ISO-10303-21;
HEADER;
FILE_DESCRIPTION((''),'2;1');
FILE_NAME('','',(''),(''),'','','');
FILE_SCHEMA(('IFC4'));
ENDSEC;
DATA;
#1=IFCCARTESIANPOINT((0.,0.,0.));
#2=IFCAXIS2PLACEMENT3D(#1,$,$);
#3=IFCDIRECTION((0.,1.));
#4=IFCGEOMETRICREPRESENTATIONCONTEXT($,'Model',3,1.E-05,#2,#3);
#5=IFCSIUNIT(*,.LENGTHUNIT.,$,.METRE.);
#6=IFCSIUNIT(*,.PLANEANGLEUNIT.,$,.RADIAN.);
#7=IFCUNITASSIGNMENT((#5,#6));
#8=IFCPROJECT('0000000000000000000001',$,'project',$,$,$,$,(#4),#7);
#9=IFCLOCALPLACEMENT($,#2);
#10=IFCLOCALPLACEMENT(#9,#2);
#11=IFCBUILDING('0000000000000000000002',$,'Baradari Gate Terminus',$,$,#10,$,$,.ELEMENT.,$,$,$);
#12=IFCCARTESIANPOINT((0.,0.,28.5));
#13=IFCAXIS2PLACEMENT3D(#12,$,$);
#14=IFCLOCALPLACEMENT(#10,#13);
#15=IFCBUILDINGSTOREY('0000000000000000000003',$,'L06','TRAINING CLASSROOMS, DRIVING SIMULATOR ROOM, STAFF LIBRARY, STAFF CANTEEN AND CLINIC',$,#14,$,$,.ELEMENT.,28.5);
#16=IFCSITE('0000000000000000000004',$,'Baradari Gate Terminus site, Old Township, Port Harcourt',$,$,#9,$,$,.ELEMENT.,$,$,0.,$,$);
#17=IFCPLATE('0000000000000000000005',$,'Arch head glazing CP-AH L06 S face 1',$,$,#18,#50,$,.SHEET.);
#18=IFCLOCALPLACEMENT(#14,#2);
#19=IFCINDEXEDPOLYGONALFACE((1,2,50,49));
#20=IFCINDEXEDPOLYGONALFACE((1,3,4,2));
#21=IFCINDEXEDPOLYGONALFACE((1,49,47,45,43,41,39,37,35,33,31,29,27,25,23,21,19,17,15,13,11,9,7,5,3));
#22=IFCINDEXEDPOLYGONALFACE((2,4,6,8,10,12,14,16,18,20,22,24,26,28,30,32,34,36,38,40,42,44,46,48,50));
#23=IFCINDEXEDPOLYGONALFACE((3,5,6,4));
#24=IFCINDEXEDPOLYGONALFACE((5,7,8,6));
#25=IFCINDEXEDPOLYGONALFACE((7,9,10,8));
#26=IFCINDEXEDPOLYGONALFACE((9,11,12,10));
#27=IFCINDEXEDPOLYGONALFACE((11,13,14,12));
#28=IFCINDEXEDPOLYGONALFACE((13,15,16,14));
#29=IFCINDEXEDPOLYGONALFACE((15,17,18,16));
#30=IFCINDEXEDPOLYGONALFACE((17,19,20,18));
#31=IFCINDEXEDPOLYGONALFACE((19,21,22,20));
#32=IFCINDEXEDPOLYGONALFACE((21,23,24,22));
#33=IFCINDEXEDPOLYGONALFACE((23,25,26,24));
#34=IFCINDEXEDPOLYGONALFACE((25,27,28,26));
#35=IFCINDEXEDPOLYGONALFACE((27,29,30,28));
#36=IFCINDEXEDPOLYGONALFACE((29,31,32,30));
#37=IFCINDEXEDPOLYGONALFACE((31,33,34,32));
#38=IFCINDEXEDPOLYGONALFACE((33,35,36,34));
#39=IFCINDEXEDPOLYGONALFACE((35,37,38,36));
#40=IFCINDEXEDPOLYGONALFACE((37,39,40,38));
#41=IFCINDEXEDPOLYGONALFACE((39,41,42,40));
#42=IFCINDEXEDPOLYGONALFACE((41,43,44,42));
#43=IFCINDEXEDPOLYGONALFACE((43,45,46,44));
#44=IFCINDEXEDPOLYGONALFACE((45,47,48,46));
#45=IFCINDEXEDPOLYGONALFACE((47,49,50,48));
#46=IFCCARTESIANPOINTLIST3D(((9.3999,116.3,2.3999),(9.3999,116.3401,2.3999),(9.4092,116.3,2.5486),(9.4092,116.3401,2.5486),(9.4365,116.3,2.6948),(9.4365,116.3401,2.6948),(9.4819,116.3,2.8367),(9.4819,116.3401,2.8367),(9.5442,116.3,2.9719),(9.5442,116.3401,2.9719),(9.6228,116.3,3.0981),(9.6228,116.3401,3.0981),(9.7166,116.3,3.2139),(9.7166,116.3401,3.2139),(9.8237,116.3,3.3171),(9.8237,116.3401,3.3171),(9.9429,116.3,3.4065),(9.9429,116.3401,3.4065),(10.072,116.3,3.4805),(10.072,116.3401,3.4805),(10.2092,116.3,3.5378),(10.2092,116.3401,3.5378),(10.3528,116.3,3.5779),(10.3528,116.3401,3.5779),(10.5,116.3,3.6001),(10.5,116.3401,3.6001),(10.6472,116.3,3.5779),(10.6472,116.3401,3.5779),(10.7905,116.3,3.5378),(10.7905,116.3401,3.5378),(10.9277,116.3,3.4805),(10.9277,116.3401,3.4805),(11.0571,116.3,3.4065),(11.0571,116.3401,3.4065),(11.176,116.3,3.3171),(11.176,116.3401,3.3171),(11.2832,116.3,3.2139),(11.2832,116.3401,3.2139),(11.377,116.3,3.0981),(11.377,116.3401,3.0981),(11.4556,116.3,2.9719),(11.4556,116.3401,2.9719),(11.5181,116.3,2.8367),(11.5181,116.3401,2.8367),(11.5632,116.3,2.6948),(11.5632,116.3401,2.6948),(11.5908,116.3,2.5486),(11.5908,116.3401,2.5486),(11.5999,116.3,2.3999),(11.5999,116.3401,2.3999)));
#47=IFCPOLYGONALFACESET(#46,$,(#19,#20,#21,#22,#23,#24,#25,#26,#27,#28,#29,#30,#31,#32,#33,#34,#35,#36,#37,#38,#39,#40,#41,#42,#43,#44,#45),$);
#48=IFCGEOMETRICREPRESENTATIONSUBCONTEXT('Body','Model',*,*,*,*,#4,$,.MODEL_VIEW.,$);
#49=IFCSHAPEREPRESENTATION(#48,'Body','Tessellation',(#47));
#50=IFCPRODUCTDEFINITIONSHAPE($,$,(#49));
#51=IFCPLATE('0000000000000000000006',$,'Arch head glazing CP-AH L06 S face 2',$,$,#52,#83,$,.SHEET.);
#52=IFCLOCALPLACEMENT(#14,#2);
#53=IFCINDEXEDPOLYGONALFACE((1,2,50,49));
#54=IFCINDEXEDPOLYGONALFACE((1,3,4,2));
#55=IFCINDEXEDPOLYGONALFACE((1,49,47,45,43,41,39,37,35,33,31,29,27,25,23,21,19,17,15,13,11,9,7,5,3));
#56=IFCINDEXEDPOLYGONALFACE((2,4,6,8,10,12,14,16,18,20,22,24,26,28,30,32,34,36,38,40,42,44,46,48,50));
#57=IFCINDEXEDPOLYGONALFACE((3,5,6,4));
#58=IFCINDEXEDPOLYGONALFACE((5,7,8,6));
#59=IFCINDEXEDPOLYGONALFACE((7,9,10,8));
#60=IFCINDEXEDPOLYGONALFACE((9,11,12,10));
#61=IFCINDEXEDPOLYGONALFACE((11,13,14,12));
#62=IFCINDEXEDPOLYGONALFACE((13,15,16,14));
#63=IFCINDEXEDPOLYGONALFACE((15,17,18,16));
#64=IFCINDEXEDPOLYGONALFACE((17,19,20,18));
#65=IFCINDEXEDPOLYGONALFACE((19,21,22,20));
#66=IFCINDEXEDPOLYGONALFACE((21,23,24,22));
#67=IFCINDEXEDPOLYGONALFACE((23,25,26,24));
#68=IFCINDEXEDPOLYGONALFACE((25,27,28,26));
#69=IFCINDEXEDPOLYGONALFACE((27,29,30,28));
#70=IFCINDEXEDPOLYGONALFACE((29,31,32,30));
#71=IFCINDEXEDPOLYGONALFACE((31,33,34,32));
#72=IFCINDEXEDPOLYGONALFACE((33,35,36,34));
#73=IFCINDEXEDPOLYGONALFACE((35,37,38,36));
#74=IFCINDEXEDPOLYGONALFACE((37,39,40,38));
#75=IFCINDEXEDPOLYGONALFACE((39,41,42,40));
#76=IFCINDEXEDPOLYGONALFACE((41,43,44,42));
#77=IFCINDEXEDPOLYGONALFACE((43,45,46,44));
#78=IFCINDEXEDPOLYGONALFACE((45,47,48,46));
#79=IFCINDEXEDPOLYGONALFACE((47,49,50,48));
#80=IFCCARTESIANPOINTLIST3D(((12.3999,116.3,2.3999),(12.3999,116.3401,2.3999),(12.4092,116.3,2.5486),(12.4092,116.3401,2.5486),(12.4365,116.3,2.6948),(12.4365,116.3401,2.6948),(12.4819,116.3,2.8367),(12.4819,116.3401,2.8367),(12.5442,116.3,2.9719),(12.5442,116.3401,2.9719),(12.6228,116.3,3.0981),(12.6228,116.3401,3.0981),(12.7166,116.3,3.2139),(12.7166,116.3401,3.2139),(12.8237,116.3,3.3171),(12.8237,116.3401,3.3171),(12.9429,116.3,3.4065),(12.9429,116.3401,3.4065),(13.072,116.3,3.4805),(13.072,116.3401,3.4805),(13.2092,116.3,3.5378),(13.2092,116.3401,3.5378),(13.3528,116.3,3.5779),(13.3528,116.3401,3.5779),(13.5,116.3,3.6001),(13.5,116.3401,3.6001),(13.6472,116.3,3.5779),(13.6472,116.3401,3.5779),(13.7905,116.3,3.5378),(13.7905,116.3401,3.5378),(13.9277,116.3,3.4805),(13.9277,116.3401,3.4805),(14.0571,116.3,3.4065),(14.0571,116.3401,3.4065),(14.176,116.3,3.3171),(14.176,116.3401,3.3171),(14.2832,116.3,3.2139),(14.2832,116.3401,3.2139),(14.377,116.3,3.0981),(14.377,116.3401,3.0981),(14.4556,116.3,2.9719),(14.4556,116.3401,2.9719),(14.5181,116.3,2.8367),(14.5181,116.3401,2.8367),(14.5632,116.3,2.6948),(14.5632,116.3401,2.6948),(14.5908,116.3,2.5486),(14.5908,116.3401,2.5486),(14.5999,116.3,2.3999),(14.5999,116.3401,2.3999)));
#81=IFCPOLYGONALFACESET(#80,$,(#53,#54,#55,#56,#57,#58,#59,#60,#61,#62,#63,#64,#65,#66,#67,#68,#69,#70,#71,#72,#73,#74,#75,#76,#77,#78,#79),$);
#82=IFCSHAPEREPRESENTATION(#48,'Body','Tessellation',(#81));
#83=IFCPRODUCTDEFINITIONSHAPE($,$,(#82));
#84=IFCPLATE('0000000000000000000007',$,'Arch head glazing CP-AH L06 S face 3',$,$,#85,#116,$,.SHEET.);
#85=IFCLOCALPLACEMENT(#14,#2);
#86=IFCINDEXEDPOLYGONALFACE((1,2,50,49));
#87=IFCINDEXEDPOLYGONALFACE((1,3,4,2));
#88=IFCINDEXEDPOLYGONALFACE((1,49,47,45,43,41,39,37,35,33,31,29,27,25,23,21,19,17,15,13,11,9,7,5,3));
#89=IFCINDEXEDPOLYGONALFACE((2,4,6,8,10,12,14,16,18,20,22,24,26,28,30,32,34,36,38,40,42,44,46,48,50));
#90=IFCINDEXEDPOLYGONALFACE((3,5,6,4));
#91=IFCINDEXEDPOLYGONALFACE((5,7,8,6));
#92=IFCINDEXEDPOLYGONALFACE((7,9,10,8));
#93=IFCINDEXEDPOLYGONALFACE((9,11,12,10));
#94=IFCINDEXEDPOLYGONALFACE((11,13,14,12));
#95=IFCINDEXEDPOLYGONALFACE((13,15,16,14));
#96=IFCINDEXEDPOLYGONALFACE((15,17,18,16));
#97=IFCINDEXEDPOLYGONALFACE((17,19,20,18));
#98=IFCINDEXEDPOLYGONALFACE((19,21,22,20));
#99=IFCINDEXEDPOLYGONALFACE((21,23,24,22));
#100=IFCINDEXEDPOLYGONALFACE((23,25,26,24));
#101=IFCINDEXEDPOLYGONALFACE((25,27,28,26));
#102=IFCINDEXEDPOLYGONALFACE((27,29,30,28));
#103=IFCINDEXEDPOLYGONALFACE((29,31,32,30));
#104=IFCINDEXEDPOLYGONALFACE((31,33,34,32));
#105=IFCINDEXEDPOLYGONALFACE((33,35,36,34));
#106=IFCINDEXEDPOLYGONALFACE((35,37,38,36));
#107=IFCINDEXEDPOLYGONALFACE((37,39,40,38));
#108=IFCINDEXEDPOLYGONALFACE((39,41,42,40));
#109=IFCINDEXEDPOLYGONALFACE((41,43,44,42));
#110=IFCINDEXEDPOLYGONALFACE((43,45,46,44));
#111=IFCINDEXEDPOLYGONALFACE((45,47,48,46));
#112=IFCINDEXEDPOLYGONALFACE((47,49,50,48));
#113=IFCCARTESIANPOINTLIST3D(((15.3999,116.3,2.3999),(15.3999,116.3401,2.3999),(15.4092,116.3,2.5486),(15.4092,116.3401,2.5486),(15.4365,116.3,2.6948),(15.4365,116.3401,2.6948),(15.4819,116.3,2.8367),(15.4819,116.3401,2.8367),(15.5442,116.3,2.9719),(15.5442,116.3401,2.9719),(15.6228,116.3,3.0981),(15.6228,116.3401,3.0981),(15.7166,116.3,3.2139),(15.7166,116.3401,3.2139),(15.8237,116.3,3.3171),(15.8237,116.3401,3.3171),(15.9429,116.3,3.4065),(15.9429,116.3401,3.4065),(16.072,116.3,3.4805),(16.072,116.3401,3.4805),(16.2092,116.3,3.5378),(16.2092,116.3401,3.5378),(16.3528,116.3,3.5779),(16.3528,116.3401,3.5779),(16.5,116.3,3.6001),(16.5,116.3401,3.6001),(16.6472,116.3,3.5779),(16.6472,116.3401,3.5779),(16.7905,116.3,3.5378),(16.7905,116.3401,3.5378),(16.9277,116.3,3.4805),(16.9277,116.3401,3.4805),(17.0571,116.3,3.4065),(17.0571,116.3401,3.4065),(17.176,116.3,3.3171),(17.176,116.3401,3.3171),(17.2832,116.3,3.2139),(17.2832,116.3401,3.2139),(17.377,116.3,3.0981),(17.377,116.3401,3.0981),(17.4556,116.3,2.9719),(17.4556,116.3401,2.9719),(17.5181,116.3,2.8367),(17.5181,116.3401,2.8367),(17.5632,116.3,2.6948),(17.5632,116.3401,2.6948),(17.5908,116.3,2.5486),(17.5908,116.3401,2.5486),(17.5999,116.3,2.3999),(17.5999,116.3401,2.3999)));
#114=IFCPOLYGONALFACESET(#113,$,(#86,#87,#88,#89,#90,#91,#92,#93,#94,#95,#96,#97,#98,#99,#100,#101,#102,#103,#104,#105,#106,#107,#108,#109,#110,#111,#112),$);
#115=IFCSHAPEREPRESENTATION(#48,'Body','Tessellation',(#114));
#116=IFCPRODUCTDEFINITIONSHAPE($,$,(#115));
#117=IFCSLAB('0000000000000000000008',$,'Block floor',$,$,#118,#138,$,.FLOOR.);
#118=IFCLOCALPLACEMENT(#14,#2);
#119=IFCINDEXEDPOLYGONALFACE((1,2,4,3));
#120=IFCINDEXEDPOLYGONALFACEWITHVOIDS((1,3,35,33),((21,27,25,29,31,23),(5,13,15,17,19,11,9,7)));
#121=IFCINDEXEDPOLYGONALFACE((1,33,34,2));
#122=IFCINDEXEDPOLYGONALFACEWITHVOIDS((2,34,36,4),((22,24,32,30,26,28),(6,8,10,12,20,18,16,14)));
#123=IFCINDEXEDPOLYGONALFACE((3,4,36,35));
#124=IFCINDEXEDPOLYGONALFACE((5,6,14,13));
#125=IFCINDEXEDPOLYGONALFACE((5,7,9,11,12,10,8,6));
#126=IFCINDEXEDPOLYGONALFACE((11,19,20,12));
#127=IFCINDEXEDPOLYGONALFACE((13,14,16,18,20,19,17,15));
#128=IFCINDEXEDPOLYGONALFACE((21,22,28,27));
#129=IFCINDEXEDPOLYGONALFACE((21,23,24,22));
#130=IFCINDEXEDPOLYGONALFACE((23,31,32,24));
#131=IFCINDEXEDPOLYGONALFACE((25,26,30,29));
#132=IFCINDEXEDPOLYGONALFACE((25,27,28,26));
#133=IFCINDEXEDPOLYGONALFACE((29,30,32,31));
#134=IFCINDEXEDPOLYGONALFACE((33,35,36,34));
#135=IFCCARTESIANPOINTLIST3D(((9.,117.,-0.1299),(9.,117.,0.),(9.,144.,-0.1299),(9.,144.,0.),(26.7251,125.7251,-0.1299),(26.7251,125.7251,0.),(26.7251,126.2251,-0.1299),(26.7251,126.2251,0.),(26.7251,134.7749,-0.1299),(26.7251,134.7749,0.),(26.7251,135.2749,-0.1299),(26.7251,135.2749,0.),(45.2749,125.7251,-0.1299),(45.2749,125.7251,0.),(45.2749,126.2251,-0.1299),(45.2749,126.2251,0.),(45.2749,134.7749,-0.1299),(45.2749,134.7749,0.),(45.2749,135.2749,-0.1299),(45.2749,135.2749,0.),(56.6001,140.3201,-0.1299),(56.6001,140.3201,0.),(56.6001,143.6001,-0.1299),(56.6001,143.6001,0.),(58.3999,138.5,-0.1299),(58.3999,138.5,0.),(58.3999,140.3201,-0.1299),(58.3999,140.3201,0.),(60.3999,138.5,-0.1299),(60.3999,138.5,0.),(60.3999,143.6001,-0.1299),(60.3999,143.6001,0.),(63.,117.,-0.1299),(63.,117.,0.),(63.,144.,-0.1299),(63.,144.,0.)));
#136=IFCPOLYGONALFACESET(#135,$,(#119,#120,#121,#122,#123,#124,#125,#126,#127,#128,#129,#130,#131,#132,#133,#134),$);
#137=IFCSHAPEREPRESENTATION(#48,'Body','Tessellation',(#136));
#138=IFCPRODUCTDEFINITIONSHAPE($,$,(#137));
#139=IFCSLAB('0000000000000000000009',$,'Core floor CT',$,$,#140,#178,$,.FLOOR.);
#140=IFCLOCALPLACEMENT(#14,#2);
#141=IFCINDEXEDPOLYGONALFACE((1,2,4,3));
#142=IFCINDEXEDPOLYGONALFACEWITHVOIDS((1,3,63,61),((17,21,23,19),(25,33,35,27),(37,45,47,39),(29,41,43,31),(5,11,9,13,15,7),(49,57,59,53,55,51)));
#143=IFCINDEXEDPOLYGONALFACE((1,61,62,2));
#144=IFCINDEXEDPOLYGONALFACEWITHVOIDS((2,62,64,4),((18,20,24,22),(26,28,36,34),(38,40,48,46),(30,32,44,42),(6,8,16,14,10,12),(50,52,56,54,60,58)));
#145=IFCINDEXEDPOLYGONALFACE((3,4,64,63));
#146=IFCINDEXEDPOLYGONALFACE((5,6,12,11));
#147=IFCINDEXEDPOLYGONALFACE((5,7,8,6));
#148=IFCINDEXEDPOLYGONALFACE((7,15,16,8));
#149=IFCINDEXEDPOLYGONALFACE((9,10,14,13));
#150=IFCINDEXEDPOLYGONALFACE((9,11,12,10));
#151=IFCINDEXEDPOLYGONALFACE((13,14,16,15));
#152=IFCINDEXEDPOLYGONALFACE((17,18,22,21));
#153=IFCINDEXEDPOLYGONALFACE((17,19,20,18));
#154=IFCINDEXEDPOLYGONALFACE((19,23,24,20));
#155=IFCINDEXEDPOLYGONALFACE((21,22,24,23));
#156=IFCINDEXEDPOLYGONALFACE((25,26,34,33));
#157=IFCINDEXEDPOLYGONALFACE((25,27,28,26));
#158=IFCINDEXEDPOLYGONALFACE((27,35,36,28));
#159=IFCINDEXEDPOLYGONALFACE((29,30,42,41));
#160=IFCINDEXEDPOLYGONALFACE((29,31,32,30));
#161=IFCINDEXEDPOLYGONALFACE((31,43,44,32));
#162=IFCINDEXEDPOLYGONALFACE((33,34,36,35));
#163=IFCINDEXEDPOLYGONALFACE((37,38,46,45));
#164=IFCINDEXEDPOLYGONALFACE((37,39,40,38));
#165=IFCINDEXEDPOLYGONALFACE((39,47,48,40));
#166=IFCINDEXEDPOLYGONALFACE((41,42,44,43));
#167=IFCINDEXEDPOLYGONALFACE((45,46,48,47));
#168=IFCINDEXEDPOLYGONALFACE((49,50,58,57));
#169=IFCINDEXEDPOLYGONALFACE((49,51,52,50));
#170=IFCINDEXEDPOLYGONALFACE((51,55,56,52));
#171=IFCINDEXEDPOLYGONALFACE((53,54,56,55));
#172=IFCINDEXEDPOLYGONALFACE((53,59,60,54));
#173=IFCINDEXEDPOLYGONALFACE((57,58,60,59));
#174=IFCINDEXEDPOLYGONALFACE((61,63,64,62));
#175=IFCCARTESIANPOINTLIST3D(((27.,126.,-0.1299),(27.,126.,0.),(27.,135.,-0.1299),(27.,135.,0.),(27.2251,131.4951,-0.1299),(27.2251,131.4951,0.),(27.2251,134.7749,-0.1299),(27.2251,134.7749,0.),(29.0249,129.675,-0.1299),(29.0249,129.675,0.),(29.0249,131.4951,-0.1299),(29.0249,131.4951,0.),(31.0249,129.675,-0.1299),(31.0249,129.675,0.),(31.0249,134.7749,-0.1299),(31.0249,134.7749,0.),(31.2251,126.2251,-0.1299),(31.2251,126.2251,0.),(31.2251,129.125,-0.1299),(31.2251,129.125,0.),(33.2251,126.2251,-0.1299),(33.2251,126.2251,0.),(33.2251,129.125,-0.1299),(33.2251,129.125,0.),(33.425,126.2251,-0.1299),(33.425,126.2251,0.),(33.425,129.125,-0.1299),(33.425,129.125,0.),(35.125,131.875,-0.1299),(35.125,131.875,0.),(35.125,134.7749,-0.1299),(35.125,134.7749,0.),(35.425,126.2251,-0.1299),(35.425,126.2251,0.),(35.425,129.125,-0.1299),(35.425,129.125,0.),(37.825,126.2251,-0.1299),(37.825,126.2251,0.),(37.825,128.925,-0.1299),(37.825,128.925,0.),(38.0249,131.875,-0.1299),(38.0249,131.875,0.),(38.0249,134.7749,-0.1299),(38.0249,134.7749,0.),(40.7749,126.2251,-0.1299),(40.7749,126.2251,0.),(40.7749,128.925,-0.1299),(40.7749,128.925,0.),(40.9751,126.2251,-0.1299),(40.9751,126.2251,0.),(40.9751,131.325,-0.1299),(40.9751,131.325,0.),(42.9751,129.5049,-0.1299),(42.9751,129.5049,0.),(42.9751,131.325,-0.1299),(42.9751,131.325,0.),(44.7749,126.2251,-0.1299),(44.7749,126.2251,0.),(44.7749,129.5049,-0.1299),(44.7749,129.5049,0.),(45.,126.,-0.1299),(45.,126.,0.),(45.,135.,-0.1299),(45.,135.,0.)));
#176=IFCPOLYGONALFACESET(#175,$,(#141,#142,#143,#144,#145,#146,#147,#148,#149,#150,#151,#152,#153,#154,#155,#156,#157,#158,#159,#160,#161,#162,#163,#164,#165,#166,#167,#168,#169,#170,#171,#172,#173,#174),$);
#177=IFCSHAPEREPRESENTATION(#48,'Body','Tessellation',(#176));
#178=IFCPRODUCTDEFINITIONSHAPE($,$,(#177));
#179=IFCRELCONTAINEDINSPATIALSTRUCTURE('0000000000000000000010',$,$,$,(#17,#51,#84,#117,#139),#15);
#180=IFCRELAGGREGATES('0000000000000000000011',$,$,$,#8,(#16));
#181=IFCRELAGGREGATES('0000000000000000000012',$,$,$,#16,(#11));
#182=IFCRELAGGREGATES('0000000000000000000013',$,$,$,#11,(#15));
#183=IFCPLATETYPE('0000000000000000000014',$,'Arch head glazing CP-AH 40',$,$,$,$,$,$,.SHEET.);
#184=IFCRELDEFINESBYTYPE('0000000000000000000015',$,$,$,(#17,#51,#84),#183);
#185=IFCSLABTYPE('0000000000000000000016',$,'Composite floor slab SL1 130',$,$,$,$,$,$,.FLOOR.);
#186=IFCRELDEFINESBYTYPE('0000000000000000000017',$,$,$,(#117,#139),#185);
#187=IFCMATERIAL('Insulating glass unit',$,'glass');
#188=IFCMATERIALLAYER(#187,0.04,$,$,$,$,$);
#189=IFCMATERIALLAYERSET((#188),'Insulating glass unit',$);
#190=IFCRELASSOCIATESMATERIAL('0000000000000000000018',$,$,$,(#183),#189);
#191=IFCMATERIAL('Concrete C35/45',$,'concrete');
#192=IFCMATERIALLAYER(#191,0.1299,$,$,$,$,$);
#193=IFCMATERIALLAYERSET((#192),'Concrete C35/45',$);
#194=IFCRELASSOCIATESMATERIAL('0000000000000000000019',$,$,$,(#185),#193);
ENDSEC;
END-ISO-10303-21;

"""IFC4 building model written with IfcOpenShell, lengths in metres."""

from ifc_helpers import new_model, si_unit, direction, frame, origin, place, context, subcontext, project, spatial, polyline, outline, extrude, material, layer, layer_set, type_object, element, save


model = new_model("IFC4")

# Units and contexts
model_context = context("Model", 3, precision=1e-05, world=origin(), true_north=direction((0.0, 1.0)))
body_context = subcontext(model_context, "Body", "Model", "MODEL_VIEW")
ifc_project = project(units=[si_unit("LENGTHUNIT", "METRE"), si_unit("PLANEANGLEUNIT", "RADIAN")], contexts=[model_context])

# Site, building, storey
site_placement = place(None, origin())
site = spatial("IfcSite", under=ifc_project, at=site_placement, Name="Baradari Gate Terminus site, Old Township, Port Harcourt", CompositionType="ELEMENT", RefElevation=0.0)
building_placement = place(site_placement, origin())
building = spatial("IfcBuilding", under=site, at=building_placement, Name="Baradari Gate Terminus", CompositionType="ELEMENT")
storey_placement = place(building_placement, frame((0.0, 0.0, 28.5)))
storey = spatial("IfcBuildingStorey", under=building, at=storey_placement, Name="L06", Description="TRAINING CLASSROOMS, DRIVING SIMULATOR ROOM, STAFF LIBRARY, STAFF CANTEEN AND CLINIC", CompositionType="ELEMENT", Elevation=28.5)

# Plates
ifc_material_1 = material(Name="Insulating glass unit", Category="glass")
ifc_layer_1 = layer(ifc_material_1, 0.04)
ifc_layer_set_1 = layer_set([ifc_layer_1], Name="Insulating glass unit")
plate_type = type_object("IfcPlateType", Name="Arch head glazing CP-AH 40", PredefinedType="SHEET", material=ifc_layer_set_1)
for number, where, z_axis, x_axis, name in (
    (1, (9.3999, 116.3201, 2.3999), (0.0, 0.0, 1.0), (1.0, 0.0, 0.0), "Arch head glazing CP-AH L06 S face 1"),
    (2, (12.3999, 116.3201, 2.3999), (0.0, 0.0, 1.0), (1.0, 0.0, 0.0), "Arch head glazing CP-AH L06 S face 2"),
    (3, (15.3999, 116.3201, 2.3999), (0.0, 0.0, 1.0), (1.0, 0.0, 0.0), "Arch head glazing CP-AH L06 S face 3"),
):
    element("IfcPlate", number, at=place(storey_placement, frame(where, z_axis=z_axis, x_axis=x_axis)), inside=storey, type_object=plate_type, Name=name, PredefinedType="SHEET", context=body_context, shape_type="SweptSolid", body=[
        extrude(outline(polyline([(0.0, 0.0), (2.2, 0.0), (2.1909, 0.1487), (2.1633, 0.2949), (2.1182, 0.4368), (2.0557, 0.572), (1.9771, 0.6982), (1.8833, 0.814), (1.7761, 0.9172), (1.6572, 1.0066), (1.5278, 1.0806), (1.3906, 1.1379), (1.2473, 1.178), (1.1001, 1.2002), (0.9529, 1.178), (0.8093, 1.1379), (0.6721, 1.0806), (0.543, 1.0066), (0.4238, 0.9172), (0.3167, 0.814), (0.2229, 0.6982), (0.1443, 0.572), (0.082, 0.4368), (0.0366, 0.2949), (0.0093, 0.1487), (0.0, 0.0)])), frame((0.0, 0.02, 0.0), z_axis=(0.0, -1.0, 0.0), x_axis=(1.0, 0.0, 0.0)), (0.0, 0.0, 1.0), 0.04),
    ])

# Slabs
ifc_material_2 = material(Name="Concrete C35/45", Category="concrete")
ifc_layer_2 = layer(ifc_material_2, 0.1299)
ifc_layer_set_2 = layer_set([ifc_layer_2], Name="Concrete C35/45")
slab_type_1 = type_object("IfcSlabType", Name="Composite floor slab SL1 130", PredefinedType="FLOOR", material=ifc_layer_set_2)
slab_1_placement = place(storey_placement, frame((0.0, 0.0, -0.1299)))
element("IfcSlab", 4, at=slab_1_placement, inside=storey, type_object=slab_type_1, Name="Block floor", PredefinedType="FLOOR", context=body_context, shape_type="SweptSolid", body=[
    extrude(outline(polyline([(63.0, 117.0), (63.0, 144.0), (9.0, 144.0), (9.0, 117.0), (63.0, 117.0)]), holes=[polyline([(56.6001, 143.6001), (56.6001, 140.3201), (58.3999, 140.3201), (58.3999, 138.5), (60.3999, 138.5), (60.3999, 143.6001), (56.6001, 143.6001)]), polyline([(26.7251, 125.7251), (45.2749, 125.7251), (45.2749, 126.2251), (45.2749, 134.7749), (45.2749, 135.2749), (26.7251, 135.2749), (26.7251, 134.7749), (26.7251, 126.2251), (26.7251, 125.7251)])]), origin(), (0.0, 0.0, 1.0), 0.1299),
])
slab_2_placement = place(storey_placement, frame((0.0, 0.0, -0.1299)))
element("IfcSlab", 5, at=slab_2_placement, inside=storey, type_object=slab_type_1, Name="Core floor CT", PredefinedType="FLOOR", context=body_context, shape_type="SweptSolid", body=[
    extrude(outline(polyline([(27.0, 135.0), (27.0, 126.0), (45.0, 126.0), (45.0, 135.0), (27.0, 135.0)]), holes=[polyline([(44.7749, 126.2251), (44.7749, 129.5049), (42.9751, 129.5049), (42.9751, 131.325), (40.9751, 131.325), (40.9751, 126.2251), (44.7749, 126.2251)]), polyline([(40.7749, 128.925), (37.825, 128.925), (37.825, 126.2251), (40.7749, 126.2251), (40.7749, 128.925)]), polyline([(38.0249, 131.875), (38.0249, 134.7749), (35.125, 134.7749), (35.125, 131.875), (38.0249, 131.875)]), polyline([(35.425, 129.125), (33.425, 129.125), (33.425, 126.2251), (35.425, 126.2251), (35.425, 129.125)]), polyline([(31.2251, 129.125), (31.2251, 126.2251), (33.2251, 126.2251), (33.2251, 129.125), (31.2251, 129.125)]), polyline([(27.2251, 134.7749), (27.2251, 131.4951), (29.0249, 131.4951), (29.0249, 129.675), (31.0249, 129.675), (31.0249, 134.7749), (27.2251, 134.7749)])]), origin(), (0.0, 0.0, 1.0), 0.1299),
])

save(model, "model.ifc")
